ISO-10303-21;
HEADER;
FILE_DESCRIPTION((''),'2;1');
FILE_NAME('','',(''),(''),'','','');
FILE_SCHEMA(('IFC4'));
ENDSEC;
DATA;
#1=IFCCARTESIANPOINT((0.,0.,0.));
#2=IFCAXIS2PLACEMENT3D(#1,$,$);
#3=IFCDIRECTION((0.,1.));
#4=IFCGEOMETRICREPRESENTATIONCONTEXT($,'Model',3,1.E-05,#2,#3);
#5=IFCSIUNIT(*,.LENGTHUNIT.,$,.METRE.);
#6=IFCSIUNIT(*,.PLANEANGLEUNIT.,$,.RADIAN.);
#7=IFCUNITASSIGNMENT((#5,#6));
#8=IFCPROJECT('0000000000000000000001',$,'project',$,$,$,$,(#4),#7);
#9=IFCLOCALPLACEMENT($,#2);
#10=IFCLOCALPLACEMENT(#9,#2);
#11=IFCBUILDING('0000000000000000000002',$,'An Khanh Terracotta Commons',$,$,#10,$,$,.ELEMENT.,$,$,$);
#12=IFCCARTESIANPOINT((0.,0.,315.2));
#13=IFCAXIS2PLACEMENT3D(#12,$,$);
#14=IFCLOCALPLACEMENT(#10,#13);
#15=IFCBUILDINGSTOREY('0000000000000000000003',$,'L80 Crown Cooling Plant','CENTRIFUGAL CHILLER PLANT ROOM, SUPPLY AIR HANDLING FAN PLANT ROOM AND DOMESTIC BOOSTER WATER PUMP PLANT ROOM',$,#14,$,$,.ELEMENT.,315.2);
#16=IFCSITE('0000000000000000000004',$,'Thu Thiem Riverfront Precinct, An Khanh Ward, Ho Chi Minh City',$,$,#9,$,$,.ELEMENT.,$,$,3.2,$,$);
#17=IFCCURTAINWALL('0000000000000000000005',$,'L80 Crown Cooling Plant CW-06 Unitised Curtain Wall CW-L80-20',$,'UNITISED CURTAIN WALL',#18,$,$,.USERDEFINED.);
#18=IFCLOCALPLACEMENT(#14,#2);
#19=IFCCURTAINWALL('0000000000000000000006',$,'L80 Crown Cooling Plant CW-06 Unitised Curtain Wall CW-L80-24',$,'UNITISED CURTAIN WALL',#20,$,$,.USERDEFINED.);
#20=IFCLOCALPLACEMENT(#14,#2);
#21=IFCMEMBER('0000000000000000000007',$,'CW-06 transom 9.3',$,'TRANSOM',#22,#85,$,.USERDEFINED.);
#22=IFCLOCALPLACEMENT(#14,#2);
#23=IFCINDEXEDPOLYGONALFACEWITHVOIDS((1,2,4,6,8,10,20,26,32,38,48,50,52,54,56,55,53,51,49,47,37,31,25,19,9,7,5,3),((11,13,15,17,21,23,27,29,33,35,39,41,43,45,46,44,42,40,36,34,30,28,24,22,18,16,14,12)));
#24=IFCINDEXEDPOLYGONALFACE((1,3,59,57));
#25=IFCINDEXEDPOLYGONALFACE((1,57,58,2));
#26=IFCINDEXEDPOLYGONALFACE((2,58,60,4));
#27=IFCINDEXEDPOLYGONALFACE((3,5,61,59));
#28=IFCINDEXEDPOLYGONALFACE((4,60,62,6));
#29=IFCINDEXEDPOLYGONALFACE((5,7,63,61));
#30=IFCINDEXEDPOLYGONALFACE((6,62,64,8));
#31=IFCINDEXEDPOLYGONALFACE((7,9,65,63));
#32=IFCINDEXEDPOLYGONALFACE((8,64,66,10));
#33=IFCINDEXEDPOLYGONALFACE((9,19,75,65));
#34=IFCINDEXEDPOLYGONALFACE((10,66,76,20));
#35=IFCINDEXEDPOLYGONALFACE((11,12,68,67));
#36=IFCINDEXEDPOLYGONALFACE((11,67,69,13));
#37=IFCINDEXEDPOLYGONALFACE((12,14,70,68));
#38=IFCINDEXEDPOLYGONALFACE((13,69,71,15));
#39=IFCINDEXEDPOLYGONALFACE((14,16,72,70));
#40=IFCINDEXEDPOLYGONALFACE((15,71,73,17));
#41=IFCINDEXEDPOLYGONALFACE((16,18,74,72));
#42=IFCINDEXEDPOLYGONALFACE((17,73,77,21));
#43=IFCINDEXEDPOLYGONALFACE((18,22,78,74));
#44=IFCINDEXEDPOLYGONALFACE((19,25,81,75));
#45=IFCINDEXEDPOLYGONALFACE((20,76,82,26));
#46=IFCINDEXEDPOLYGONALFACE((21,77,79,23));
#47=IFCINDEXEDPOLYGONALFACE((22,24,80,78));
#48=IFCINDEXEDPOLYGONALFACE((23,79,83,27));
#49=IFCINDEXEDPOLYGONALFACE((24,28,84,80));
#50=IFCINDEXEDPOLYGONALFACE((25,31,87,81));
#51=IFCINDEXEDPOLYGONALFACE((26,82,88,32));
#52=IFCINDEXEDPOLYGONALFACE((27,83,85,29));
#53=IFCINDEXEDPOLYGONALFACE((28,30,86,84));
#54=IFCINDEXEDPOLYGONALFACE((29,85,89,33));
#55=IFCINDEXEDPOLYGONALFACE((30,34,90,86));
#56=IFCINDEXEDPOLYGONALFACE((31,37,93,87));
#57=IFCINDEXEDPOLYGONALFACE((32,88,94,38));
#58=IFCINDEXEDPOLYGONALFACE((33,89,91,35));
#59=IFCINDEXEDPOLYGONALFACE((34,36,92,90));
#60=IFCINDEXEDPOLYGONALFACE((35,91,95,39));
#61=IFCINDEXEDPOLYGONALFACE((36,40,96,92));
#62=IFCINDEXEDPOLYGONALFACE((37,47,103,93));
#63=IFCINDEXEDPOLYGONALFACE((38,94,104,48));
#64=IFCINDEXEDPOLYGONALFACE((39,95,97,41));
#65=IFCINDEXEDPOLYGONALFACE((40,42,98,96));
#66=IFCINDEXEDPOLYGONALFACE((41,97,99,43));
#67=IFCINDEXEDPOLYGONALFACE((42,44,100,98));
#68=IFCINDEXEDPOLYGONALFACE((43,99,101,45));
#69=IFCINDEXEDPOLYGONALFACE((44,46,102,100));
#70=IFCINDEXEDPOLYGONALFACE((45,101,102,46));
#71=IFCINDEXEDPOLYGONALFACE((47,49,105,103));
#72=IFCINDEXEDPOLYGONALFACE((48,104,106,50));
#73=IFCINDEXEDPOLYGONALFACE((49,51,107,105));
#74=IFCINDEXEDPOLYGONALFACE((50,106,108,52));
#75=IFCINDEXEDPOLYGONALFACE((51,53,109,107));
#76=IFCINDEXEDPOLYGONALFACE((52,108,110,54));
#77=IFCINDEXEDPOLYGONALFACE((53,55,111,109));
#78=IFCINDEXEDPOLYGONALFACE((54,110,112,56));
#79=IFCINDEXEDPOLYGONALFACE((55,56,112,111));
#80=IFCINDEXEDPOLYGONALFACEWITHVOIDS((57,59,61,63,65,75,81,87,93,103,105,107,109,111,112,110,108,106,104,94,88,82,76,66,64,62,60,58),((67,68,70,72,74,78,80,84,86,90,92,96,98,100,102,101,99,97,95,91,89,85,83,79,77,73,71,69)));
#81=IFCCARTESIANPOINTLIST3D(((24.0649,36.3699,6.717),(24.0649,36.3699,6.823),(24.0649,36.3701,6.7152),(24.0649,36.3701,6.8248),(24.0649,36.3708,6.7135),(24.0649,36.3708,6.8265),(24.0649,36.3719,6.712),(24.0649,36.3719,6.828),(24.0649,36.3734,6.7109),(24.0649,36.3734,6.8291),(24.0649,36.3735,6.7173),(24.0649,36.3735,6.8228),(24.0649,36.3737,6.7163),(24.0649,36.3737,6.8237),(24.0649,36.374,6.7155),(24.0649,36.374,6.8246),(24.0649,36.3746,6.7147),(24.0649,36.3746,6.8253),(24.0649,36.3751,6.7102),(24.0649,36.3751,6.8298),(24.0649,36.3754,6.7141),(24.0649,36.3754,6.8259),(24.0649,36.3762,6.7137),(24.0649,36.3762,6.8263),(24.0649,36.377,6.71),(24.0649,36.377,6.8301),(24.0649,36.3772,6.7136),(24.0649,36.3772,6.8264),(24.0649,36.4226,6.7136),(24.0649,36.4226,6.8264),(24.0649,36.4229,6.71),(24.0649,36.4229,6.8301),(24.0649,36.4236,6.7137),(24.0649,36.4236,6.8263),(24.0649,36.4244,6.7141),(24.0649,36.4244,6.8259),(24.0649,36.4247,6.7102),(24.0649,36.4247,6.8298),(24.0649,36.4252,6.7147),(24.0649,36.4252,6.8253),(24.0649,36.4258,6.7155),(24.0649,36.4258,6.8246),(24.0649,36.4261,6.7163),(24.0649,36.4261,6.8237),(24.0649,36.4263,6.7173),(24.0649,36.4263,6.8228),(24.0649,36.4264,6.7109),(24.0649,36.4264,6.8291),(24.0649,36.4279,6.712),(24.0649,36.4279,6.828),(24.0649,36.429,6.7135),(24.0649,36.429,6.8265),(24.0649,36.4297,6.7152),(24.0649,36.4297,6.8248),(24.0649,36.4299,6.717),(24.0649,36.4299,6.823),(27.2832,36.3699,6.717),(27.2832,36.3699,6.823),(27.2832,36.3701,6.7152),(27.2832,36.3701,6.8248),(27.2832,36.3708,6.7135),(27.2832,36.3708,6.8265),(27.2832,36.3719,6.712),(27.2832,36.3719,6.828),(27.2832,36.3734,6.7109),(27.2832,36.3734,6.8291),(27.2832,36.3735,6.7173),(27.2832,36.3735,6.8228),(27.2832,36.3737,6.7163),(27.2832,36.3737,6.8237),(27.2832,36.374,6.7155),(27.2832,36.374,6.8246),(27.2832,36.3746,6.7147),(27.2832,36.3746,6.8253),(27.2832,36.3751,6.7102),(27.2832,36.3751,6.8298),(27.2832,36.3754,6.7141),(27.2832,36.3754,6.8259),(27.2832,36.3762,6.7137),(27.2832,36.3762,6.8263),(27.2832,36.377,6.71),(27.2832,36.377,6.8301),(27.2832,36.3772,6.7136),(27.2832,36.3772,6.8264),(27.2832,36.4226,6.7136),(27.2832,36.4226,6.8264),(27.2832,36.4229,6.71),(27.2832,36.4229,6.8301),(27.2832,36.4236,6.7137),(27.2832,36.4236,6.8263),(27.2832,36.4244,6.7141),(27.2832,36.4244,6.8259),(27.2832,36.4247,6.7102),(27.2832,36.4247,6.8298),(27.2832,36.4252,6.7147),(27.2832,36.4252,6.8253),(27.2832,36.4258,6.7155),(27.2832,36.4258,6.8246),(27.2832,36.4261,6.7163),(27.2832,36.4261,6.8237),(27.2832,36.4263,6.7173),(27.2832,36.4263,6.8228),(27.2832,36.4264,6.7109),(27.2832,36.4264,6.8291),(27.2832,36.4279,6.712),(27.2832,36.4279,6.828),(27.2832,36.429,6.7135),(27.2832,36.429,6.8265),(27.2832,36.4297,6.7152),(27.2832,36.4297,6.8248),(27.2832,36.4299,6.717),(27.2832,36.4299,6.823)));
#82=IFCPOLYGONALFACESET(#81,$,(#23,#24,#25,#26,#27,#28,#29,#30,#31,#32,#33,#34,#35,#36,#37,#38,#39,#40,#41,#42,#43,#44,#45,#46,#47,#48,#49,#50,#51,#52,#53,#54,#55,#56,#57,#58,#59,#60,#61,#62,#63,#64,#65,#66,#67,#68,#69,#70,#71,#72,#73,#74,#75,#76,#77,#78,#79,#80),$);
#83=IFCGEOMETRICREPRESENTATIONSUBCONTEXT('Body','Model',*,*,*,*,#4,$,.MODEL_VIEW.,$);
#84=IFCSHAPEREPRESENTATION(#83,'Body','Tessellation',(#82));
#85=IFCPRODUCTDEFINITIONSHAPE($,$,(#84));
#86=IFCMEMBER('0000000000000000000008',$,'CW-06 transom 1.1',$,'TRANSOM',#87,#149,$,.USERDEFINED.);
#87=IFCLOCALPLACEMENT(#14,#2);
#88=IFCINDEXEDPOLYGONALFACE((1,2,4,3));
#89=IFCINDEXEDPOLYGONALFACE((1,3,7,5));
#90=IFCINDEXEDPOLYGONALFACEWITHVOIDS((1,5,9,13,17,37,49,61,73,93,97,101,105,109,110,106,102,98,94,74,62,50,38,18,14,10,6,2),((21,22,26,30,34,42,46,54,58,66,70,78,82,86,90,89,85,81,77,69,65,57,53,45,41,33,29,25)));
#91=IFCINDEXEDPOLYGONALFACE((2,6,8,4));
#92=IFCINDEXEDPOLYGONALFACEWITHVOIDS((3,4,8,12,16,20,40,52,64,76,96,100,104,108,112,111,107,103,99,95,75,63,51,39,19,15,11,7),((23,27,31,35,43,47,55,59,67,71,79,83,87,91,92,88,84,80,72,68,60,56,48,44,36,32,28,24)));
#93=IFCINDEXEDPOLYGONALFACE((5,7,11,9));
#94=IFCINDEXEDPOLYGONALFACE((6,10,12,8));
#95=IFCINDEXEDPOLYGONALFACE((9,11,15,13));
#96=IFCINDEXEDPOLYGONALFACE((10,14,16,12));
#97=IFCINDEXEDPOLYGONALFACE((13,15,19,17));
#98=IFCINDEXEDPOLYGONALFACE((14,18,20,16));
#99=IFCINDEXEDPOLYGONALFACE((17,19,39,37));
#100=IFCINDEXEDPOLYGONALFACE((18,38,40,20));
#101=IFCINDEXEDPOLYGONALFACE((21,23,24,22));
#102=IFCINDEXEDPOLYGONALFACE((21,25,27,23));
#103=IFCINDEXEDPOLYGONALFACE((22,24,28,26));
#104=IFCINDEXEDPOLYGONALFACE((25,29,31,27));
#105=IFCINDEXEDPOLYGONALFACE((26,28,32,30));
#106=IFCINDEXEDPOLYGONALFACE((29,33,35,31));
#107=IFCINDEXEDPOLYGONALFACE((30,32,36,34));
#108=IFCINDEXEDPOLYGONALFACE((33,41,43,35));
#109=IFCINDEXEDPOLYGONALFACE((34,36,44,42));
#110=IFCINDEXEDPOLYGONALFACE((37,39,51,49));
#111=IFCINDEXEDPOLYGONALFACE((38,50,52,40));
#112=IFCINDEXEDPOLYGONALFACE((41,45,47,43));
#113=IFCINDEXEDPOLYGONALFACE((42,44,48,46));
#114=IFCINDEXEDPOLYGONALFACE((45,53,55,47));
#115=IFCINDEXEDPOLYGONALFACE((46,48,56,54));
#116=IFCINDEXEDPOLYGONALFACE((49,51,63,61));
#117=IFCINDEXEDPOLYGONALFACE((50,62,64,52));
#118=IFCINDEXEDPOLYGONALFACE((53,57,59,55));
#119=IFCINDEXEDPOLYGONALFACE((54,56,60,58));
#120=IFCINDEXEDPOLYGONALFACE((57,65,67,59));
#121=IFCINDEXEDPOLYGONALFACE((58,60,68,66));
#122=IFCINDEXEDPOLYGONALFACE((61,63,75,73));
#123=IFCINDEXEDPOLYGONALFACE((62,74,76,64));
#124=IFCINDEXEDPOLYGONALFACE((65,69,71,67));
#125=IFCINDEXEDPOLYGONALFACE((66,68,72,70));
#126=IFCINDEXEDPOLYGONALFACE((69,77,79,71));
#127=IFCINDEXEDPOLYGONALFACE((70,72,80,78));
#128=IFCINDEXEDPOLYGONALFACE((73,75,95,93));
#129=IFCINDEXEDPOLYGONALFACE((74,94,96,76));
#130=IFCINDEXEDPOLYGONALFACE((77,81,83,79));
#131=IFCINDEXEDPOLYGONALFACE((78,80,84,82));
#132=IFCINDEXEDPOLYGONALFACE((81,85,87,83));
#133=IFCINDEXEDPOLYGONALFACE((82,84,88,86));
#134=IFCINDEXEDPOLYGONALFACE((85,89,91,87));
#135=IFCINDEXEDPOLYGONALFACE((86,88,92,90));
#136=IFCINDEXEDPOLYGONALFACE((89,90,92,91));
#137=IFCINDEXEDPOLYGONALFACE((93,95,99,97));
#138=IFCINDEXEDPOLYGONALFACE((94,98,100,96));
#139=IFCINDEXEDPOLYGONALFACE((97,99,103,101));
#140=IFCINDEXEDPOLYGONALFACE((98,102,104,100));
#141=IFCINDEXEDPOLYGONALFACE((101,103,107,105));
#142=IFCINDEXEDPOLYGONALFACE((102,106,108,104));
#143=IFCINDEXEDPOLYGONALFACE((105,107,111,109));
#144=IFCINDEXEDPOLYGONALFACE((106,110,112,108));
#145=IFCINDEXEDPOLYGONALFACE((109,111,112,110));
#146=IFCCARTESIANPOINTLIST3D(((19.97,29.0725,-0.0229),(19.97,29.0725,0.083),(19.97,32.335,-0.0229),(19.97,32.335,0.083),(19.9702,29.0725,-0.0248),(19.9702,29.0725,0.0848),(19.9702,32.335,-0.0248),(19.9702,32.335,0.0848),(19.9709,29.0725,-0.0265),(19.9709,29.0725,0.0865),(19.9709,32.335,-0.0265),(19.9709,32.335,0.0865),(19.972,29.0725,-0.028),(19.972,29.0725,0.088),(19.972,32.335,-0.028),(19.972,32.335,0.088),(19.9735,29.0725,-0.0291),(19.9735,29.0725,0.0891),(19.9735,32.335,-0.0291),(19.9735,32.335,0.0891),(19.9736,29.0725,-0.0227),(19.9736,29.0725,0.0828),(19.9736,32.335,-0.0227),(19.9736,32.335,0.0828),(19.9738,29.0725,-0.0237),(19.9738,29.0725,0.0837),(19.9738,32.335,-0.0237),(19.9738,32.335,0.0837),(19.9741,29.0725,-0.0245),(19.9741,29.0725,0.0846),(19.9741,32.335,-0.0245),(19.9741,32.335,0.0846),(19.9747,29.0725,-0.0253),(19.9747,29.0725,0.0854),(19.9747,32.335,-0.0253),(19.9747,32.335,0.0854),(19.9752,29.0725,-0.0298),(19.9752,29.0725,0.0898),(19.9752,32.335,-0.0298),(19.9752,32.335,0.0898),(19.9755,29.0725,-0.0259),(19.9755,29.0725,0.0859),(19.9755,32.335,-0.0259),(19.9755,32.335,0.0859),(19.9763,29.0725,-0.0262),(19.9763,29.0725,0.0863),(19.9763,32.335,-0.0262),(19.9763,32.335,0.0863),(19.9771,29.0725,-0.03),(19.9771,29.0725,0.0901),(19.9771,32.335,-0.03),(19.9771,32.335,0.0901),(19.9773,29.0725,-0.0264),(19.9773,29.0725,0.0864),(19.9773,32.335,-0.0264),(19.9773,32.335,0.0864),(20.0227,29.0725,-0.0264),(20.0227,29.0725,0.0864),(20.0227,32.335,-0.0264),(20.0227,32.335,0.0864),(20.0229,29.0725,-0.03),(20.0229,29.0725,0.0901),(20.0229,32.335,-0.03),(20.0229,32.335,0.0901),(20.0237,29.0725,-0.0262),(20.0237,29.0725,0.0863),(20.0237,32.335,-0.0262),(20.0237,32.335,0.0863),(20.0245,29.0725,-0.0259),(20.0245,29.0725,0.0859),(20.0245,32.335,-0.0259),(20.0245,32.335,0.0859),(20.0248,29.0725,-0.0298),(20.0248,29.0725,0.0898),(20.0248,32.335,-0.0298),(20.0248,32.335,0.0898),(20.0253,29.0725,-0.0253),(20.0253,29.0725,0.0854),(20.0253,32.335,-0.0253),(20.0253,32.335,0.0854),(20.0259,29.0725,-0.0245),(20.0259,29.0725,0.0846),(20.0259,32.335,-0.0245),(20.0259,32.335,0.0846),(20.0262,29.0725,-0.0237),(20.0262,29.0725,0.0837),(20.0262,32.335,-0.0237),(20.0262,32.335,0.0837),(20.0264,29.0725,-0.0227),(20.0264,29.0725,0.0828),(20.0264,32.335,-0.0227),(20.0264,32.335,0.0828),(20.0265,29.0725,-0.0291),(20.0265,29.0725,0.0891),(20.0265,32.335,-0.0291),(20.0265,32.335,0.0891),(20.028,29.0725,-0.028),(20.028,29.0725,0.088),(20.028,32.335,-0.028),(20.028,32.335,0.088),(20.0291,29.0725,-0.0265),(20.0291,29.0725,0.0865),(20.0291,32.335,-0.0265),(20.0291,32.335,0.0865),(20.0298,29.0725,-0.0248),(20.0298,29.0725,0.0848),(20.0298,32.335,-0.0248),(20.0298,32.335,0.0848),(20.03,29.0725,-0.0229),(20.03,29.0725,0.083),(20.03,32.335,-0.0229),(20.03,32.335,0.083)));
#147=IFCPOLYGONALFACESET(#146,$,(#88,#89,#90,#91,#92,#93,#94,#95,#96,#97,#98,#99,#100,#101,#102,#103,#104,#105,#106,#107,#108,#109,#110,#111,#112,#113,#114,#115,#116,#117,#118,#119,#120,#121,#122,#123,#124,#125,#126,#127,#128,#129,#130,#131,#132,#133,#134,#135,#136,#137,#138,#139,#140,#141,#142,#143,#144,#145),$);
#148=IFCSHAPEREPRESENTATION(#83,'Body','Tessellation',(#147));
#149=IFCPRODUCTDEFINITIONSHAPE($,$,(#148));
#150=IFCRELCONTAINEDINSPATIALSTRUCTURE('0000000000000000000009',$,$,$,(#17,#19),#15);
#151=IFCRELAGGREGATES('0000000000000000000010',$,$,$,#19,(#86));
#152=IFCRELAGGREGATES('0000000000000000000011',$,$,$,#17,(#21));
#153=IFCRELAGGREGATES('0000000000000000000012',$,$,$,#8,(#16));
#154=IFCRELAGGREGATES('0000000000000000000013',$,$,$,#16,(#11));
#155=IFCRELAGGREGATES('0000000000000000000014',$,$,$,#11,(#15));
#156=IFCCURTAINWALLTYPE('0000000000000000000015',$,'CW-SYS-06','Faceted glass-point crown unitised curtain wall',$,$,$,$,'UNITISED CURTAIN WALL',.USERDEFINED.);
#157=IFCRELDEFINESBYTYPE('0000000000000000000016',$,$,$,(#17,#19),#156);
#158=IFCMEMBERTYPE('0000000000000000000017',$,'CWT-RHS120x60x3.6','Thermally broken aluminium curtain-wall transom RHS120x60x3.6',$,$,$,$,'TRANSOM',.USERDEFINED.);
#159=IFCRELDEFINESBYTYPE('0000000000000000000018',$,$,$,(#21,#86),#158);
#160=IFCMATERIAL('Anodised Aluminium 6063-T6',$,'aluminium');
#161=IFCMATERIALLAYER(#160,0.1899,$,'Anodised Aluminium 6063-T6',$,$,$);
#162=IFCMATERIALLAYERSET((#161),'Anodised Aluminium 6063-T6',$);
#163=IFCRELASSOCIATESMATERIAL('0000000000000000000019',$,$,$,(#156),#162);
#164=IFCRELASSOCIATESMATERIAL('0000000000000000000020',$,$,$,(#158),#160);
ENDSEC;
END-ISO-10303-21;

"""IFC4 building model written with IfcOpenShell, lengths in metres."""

from ifc_helpers import new_model, si_unit, direction, frame, origin, origin_2d, place, context, subcontext, project, spatial, hollow_rectangle, extrude, material, layer, layer_set, material_profile, profile_set, type_object, element, aggregate, save


model = new_model("IFC4")

# Units and contexts
model_context = context("Model", 3, precision=1e-05, world=origin(), true_north=direction((0.0, 1.0)))
body_context = subcontext(model_context, "Body", "Model", "MODEL_VIEW")
ifc_project = project(units=[si_unit("LENGTHUNIT", "METRE"), si_unit("PLANEANGLEUNIT", "RADIAN")], contexts=[model_context])

# Site, building, storey
site_placement = place(None, origin())
site = spatial("IfcSite", under=ifc_project, at=site_placement, Name="Thu Thiem Riverfront Precinct, An Khanh Ward, Ho Chi Minh City", CompositionType="ELEMENT", RefElevation=3.2)
building_placement = place(site_placement, origin())
building = spatial("IfcBuilding", under=site, at=building_placement, Name="An Khanh Terracotta Commons", CompositionType="ELEMENT")
storey_placement = place(building_placement, frame((0.0, 0.0, 315.2)))
storey = spatial("IfcBuildingStorey", under=building, at=storey_placement, Name="L80 Crown Cooling Plant", Description="CENTRIFUGAL CHILLER PLANT ROOM, SUPPLY AIR HANDLING FAN PLANT ROOM AND DOMESTIC BOOSTER WATER PUMP PLANT ROOM", CompositionType="ELEMENT", Elevation=315.2)

# Curtain wall
ifc_material_1 = material(Name="Anodised Aluminium 6063-T6", Category="aluminium")
ifc_layer_1 = layer(ifc_material_1, 0.1899, Name="Anodised Aluminium 6063-T6")
ifc_layer_set_1 = layer_set([ifc_layer_1], Name="Anodised Aluminium 6063-T6")
curtain_wall_type = type_object("IfcCurtainWallType", Name="CW-SYS-06", Description="Faceted glass-point crown unitised curtain wall", ElementType="UNITISED CURTAIN WALL", PredefinedType="USERDEFINED", material=ifc_layer_set_1)
curtain_wall_1_placement = place(storey_placement, origin())
curtain_wall_1 = element("IfcCurtainWall", 1, at=curtain_wall_1_placement, inside=storey, type_object=curtain_wall_type, Name="L80 Crown Cooling Plant CW-06 Unitised Curtain Wall CW-L80-20", ObjectType="UNITISED CURTAIN WALL", PredefinedType="USERDEFINED")

# Curtain wall
curtain_wall_2_placement = place(storey_placement, origin())
curtain_wall_2 = element("IfcCurtainWall", 2, at=curtain_wall_2_placement, inside=storey, type_object=curtain_wall_type, Name="L80 Crown Cooling Plant CW-06 Unitised Curtain Wall CW-L80-24", ObjectType="UNITISED CURTAIN WALL", PredefinedType="USERDEFINED")

# Members
ifc_material_profile_1 = material_profile(ifc_material_1, hollow_rectangle(XDim=0.0601, YDim=0.1201, WallThickness=0.0037, InnerFilletRadius=0.0037, OuterFilletRadius=0.0071, at=origin_2d()), Name="RHS120x60x3.6")
ifc_profile_set_1 = profile_set([ifc_material_profile_1], Name="Anodised Aluminium 6063-T6")
member_type_1 = type_object("IfcMemberType", Name="CWT-RHS120x60x3.6", Description="Thermally broken aluminium curtain-wall transom RHS120x60x3.6", ElementType="TRANSOM", PredefinedType="USERDEFINED", material=ifc_profile_set_1)
member_1_placement = place(storey_placement, frame((27.2832, 36.3999, 6.77), z_axis=(-1.0, 0.0, 0.0), x_axis=(0.0, -1.0, 0.0)))
member_1 = element("IfcMember", 3, at=member_1_placement, type_object=member_type_1, Name="CW-06 transom 9.3", ObjectType="TRANSOM", PredefinedType="USERDEFINED", context=body_context, shape_type="SweptSolid", body=[
    extrude(hollow_rectangle(XDim=0.0601, YDim=0.1201, WallThickness=0.0037, InnerFilletRadius=0.0037, OuterFilletRadius=0.0071, at=origin_2d()), origin(), (0.0, 0.0, 1.0), 3.2183),
])
member_2_placement = place(storey_placement, frame((20.0, 32.335, 0.03), z_axis=(0.0, -1.0, 0.0), x_axis=(1.0, 0.0, 0.0)))
member_2 = element("IfcMember", 4, at=member_2_placement, type_object=member_type_1, Name="CW-06 transom 1.1", ObjectType="TRANSOM", PredefinedType="USERDEFINED", context=body_context, shape_type="SweptSolid", body=[
    extrude(hollow_rectangle(XDim=0.0601, YDim=0.1201, WallThickness=0.0037, InnerFilletRadius=0.0037, OuterFilletRadius=0.0071, at=origin_2d()), origin(), (0.0, 0.0, 1.0), 3.2625),
])
aggregate(curtain_wall_2, [member_2])

aggregate(curtain_wall_1, [member_1])

save(model, "model.ifc")
